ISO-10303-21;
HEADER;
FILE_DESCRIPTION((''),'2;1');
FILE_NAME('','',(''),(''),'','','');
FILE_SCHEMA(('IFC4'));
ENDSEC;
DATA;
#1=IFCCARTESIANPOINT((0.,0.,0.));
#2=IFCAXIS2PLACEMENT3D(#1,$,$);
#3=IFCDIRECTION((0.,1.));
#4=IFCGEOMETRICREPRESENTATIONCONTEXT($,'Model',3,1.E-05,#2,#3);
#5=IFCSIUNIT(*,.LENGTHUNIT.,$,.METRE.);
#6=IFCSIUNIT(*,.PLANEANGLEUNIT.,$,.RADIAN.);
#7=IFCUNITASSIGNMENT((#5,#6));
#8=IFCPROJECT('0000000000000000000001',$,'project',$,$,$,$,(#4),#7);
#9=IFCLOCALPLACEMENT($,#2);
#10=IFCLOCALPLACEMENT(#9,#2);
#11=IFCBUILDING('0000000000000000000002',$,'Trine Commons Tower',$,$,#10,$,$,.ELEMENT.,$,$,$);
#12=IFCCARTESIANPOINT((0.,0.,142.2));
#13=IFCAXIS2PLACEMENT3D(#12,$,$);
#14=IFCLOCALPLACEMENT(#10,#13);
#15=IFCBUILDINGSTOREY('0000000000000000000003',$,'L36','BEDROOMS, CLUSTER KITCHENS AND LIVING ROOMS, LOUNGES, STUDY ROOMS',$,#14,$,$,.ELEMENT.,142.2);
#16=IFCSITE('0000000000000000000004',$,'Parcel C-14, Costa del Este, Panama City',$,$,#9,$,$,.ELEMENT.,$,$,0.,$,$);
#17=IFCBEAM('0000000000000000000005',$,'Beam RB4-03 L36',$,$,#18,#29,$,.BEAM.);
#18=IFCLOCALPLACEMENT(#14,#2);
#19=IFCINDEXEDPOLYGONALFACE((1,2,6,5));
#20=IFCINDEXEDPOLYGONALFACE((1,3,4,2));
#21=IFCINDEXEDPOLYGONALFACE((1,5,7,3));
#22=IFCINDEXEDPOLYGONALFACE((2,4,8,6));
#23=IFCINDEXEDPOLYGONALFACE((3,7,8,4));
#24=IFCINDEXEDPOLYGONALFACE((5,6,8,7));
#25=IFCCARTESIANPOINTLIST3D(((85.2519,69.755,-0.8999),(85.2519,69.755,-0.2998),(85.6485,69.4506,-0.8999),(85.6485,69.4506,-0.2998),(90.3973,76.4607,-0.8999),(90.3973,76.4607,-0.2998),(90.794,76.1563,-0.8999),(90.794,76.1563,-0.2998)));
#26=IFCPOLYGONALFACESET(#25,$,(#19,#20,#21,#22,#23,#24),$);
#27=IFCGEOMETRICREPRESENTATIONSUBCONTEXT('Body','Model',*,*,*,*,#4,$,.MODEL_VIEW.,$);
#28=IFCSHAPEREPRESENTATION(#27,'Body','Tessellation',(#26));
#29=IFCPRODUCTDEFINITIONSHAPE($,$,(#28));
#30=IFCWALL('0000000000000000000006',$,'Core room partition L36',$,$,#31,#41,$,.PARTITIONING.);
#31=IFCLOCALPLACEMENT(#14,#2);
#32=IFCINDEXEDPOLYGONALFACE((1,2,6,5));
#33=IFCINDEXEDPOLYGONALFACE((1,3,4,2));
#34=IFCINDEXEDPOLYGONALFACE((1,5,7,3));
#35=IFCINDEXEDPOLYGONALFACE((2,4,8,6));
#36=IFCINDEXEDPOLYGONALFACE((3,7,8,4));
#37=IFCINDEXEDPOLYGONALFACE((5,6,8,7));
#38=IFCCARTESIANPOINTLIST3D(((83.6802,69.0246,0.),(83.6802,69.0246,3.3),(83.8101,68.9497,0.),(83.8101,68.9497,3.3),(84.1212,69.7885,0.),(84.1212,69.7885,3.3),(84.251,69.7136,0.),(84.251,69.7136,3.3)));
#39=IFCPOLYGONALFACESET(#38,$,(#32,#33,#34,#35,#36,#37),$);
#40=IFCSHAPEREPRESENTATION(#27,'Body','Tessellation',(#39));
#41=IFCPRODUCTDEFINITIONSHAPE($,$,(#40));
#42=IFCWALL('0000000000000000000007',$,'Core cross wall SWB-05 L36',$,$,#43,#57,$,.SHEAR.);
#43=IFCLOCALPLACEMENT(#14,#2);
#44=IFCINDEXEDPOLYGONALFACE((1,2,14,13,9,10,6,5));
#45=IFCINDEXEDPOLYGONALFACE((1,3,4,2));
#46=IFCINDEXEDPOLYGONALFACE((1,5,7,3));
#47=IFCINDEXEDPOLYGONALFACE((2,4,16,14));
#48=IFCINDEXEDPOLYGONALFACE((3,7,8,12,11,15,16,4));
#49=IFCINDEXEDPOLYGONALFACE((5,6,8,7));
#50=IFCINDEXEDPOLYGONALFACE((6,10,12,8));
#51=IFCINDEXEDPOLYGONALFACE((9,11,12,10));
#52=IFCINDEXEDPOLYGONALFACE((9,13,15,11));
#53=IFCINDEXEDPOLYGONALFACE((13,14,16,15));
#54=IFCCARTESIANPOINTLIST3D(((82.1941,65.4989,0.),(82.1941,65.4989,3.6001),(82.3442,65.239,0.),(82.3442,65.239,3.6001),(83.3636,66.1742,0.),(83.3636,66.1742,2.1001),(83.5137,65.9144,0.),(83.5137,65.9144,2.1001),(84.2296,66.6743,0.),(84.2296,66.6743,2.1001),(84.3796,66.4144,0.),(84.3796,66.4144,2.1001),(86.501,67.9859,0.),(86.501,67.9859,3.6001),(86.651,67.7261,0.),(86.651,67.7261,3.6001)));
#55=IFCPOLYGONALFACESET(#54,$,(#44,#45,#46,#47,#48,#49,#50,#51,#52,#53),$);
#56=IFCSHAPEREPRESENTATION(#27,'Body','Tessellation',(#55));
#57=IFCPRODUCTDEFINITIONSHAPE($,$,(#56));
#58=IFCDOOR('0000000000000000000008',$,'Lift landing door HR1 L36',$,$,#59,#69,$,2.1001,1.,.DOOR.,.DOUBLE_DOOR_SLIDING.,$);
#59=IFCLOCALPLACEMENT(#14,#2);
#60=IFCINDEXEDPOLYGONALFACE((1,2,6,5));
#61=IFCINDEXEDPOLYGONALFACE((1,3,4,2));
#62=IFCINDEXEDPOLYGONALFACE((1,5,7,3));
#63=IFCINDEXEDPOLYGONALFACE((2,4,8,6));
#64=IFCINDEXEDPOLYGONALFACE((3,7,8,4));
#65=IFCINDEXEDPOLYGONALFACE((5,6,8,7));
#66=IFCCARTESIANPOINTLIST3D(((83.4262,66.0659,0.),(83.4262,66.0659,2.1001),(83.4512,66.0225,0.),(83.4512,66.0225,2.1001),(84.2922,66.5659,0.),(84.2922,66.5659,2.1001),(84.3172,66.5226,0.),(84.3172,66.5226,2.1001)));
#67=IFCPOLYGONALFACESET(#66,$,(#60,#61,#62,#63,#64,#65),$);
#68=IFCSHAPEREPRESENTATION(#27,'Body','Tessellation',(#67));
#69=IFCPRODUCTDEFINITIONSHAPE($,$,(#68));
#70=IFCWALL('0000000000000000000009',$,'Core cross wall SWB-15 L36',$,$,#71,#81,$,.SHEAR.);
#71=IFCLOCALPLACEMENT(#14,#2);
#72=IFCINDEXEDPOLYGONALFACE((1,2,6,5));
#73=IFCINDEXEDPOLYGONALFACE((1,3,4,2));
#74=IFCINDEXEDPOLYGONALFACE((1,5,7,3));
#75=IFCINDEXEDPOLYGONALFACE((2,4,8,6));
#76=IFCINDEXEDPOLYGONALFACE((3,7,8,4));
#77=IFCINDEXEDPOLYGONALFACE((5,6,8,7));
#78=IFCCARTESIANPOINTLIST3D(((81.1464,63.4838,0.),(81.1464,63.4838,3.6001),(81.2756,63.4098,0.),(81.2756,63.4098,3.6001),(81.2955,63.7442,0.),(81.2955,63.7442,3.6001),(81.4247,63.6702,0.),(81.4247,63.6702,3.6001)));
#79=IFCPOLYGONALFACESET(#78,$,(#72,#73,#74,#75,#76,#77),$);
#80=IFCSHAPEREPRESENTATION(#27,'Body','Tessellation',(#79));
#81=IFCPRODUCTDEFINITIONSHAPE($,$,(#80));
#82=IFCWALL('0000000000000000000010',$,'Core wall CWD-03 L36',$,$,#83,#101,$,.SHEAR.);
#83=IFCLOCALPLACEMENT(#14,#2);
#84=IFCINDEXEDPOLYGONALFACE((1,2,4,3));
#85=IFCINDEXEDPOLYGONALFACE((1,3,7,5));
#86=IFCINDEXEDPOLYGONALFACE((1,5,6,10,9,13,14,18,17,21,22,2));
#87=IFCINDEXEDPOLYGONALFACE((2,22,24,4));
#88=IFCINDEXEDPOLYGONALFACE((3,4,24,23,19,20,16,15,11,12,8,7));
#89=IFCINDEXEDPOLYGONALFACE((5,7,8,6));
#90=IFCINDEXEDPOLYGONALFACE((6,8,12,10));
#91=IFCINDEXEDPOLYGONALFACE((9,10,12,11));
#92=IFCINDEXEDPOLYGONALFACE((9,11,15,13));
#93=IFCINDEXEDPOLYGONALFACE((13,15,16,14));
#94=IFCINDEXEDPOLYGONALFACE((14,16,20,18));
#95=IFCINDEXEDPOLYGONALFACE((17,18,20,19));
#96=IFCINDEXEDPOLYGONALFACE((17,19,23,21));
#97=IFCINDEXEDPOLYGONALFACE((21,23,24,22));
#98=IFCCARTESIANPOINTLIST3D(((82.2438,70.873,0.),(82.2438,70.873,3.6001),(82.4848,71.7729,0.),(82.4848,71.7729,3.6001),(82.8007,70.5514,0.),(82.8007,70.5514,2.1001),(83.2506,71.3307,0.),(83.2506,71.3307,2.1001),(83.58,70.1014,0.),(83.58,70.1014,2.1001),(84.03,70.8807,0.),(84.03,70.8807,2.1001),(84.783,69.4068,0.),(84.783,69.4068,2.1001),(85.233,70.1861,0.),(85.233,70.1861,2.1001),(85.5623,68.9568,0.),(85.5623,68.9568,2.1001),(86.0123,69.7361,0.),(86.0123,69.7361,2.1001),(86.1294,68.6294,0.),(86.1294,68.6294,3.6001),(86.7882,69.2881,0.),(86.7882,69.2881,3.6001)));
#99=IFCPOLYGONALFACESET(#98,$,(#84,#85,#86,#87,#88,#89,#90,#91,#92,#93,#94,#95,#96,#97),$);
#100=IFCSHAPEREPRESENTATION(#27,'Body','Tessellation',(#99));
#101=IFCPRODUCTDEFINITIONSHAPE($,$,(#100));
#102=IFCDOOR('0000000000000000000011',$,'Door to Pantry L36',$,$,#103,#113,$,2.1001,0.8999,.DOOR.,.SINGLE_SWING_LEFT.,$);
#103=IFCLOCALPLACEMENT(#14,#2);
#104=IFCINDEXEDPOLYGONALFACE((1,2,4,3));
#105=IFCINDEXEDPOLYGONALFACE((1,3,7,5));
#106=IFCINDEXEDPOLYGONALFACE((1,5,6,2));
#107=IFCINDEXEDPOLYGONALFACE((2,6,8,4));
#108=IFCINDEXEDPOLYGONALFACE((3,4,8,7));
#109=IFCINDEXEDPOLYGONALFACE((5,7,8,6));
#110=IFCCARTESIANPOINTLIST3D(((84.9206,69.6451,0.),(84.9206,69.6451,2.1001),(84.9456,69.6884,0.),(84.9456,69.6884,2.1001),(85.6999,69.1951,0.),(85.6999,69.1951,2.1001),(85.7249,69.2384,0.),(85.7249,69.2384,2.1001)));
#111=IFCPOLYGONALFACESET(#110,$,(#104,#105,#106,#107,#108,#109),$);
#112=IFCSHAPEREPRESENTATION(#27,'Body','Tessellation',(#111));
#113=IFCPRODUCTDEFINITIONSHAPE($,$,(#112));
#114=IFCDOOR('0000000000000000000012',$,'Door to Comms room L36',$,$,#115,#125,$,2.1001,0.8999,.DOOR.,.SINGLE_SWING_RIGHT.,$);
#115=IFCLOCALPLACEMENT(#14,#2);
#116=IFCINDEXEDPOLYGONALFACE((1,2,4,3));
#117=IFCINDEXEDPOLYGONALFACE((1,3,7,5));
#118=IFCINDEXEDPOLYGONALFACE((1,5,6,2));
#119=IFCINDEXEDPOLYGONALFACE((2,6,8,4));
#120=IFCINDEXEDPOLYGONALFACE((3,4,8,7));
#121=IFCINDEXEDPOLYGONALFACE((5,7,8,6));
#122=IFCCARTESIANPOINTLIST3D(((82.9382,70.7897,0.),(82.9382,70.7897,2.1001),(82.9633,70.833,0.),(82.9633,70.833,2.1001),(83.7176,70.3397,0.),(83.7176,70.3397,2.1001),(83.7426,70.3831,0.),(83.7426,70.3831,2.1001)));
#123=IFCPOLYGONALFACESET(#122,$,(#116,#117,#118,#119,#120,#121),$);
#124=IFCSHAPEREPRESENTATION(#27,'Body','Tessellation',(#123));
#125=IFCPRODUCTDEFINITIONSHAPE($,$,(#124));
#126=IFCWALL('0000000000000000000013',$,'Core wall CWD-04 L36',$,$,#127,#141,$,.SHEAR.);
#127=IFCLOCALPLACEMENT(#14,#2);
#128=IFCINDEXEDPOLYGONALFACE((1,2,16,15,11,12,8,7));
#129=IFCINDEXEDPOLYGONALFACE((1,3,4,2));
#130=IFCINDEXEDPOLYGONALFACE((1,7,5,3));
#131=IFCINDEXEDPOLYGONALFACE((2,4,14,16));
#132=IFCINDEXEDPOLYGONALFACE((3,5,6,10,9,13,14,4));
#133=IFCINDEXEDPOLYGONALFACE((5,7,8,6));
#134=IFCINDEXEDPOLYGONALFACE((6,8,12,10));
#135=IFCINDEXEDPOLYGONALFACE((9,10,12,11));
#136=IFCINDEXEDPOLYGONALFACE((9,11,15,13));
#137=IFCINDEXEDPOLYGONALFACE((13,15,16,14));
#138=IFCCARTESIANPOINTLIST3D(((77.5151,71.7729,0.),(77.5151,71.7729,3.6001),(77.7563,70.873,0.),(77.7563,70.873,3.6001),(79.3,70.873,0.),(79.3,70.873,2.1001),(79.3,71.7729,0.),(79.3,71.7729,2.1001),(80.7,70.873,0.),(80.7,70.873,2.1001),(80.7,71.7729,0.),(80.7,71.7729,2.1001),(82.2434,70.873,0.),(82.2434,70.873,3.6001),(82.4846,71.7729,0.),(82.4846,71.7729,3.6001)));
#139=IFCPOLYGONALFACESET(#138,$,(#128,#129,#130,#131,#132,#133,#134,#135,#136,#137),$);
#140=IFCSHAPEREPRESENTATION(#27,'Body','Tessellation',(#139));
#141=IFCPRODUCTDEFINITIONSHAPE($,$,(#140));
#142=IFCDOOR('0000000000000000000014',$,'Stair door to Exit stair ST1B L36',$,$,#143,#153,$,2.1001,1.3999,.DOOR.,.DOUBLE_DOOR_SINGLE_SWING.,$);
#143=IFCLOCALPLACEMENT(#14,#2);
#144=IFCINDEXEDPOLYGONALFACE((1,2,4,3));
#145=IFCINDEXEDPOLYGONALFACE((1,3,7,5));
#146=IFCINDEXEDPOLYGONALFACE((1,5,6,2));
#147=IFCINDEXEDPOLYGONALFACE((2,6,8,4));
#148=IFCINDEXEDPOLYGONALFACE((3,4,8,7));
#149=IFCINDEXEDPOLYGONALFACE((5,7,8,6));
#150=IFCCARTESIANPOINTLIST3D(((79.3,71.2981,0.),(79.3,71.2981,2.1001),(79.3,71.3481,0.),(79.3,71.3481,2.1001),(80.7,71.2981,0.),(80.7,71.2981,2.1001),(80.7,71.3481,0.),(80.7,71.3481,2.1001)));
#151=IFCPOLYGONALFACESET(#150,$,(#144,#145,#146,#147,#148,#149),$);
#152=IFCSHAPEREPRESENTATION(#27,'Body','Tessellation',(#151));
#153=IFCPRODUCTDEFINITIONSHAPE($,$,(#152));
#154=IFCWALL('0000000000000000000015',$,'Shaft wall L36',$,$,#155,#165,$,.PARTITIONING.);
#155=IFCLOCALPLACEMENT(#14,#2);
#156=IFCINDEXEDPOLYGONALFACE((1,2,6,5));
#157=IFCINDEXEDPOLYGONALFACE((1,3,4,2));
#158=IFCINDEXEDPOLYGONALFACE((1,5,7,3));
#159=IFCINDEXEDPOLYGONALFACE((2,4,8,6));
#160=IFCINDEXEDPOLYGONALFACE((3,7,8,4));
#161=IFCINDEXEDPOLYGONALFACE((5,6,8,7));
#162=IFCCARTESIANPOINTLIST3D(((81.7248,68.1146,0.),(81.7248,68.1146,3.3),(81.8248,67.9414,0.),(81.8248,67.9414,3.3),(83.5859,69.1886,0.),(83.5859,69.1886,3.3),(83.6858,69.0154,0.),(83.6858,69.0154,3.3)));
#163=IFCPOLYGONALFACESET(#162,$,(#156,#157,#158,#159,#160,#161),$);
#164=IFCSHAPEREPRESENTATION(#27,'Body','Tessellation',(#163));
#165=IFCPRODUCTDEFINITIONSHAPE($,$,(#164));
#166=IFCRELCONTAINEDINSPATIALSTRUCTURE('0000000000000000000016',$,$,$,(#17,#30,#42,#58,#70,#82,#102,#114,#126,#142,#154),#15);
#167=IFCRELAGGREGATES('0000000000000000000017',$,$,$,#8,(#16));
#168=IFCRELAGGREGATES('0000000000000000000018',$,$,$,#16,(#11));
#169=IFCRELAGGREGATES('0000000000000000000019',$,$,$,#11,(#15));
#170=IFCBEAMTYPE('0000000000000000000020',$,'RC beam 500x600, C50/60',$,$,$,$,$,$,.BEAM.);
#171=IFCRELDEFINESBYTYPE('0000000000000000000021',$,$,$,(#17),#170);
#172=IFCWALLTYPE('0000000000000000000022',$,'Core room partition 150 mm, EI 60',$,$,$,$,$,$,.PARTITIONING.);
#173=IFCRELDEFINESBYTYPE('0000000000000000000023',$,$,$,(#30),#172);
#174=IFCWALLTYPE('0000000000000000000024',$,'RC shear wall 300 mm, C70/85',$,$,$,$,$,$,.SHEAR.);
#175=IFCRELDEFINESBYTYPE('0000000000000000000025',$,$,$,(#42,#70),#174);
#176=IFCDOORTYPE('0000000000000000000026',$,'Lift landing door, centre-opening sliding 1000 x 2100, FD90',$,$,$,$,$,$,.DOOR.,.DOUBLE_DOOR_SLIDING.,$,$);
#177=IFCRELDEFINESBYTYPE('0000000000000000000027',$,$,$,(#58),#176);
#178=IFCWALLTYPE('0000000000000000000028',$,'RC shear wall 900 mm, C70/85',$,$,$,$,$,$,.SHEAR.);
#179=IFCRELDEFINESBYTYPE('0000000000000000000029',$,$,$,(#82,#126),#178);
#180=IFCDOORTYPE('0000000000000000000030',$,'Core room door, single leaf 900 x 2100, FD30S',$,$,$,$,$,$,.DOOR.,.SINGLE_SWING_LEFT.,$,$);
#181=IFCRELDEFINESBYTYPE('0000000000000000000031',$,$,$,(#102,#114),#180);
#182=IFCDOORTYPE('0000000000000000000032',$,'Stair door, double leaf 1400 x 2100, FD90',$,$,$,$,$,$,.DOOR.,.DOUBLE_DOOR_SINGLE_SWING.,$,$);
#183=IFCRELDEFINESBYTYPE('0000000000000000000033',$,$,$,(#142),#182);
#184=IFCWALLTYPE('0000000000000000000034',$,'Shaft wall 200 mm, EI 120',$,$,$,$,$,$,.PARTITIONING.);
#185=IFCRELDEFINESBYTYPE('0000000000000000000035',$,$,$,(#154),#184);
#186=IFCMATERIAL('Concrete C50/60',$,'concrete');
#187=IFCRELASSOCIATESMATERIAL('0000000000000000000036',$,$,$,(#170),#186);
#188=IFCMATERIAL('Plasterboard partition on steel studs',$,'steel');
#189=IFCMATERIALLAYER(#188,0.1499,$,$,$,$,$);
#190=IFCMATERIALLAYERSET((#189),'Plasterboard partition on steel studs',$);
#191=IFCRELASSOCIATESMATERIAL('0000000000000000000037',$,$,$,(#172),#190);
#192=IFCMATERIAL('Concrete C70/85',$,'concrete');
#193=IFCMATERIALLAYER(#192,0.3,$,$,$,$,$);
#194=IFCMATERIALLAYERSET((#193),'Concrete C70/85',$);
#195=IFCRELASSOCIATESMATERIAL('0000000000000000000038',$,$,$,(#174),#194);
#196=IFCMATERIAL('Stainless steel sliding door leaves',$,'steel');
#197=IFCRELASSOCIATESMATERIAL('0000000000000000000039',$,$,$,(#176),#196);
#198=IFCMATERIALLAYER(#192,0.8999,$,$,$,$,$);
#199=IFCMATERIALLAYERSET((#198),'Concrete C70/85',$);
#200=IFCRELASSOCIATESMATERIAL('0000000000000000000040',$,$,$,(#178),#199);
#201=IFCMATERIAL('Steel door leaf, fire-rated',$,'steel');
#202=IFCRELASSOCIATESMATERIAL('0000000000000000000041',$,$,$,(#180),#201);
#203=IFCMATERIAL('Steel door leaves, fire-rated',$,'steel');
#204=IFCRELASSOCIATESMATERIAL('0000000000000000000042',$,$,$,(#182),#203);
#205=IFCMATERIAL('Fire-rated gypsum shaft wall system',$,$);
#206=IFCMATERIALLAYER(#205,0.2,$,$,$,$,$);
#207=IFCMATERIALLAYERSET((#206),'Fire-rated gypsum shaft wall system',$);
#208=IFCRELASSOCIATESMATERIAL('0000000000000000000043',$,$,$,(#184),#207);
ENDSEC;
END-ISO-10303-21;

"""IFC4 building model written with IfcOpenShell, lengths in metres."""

from ifc_helpers import new_model, si_unit, direction, frame, frame_2d, origin, origin_2d, place, context, subcontext, project, spatial, polyline, rectangle, outline, extrude, material, layer, layer_set, material_profile, profile_set, type_object, element, fill, save


model = new_model("IFC4")

# Units and contexts
model_context = context("Model", 3, precision=1e-05, world=origin(), true_north=direction((0.0, 1.0)))
body_context = subcontext(model_context, "Body", "Model", "MODEL_VIEW")
ifc_project = project(units=[si_unit("LENGTHUNIT", "METRE"), si_unit("PLANEANGLEUNIT", "RADIAN")], contexts=[model_context])

# Site, building, storey
site_placement = place(None, origin())
site = spatial("IfcSite", under=ifc_project, at=site_placement, Name="Parcel C-14, Costa del Este, Panama City", CompositionType="ELEMENT", RefElevation=0.0)
building_placement = place(site_placement, origin())
building = spatial("IfcBuilding", under=site, at=building_placement, Name="Trine Commons Tower", CompositionType="ELEMENT")
storey_placement = place(building_placement, frame((0.0, 0.0, 142.2)))
storey = spatial("IfcBuildingStorey", under=building, at=storey_placement, Name="L36", Description="BEDROOMS, CLUSTER KITCHENS AND LIVING ROOMS, LOUNGES, STUDY ROOMS", CompositionType="ELEMENT", Elevation=142.2)

# Beam
ifc_material_1 = material(Name="Concrete C50/60", Category="concrete")
ifc_material_profile = material_profile(ifc_material_1, rectangle(XDim=0.5, YDim=0.6001, at=origin_2d()), Name="RC 500x600")
ifc_profile_set = profile_set([ifc_material_profile], Name="Concrete C50/60")
beam_type = type_object("IfcBeamType", Name="RC beam 500x600, C50/60", PredefinedType="BEAM", material=ifc_profile_set)
beam_placement = place(storey_placement, frame((85.4502, 69.6028, -0.5999), z_axis=(0.608758, 0.793356, 0.0), x_axis=(-0.793356, 0.608758, 0.0)))
element("IfcBeam", 1, at=beam_placement, inside=storey, type_object=beam_type, Name="Beam RB4-03 L36", PredefinedType="BEAM", context=body_context, shape_type="SweptSolid", body=[
    extrude(rectangle(XDim=0.5, YDim=0.6001, at=origin_2d()), origin(), (0.0, 0.0, 1.0), 8.4524),
])

# Wall
ifc_material_2 = material(Name="Plasterboard partition on steel studs", Category="steel")
ifc_layer_1 = layer(ifc_material_2, 0.1499)
ifc_layer_set_1 = layer_set([ifc_layer_1], Name="Plasterboard partition on steel studs")
wall_type_1 = type_object("IfcWallType", Name="Core room partition 150 mm, EI 60", PredefinedType="PARTITIONING", material=ifc_layer_set_1)
wall_1_placement = place(storey_placement, frame((84.186, 69.751, 0.0), z_axis=(0.0, 0.0, 1.0), x_axis=(-0.49989, -0.866089, 0.0)))
element("IfcWall", 2, at=wall_1_placement, inside=storey, type_object=wall_type_1, Name="Core room partition L36", PredefinedType="PARTITIONING", context=body_context, shape_type="SweptSolid", body=[
    extrude(rectangle(XDim=0.8821, YDim=0.1499, at=frame_2d((0.4409, 0.0))), origin(), (0.0, 0.0, 1.0), 3.3),
])

# Wall, opening, door
ifc_material_3 = material(Name="Concrete C70/85", Category="concrete")
ifc_layer_2 = layer(ifc_material_3, 0.3)
ifc_layer_set_2 = layer_set([ifc_layer_2], Name="Concrete C70/85")
wall_type_2 = type_object("IfcWallType", Name="RC shear wall 300 mm, C70/85", PredefinedType="SHEAR", material=ifc_layer_set_2)
wall_2_placement = place(storey_placement, frame((82.269, 65.3689, 0.0), z_axis=(0.0, 0.0, 1.0), x_axis=(0.865984, 0.500072, 0.0)))
wall_2 = element("IfcWall", 3, at=wall_2_placement, inside=storey, type_object=wall_type_2, Name="Core cross wall SWB-05 L36", PredefinedType="SHEAR", context=body_context, shape_type="SweptSolid", body=[
    extrude(rectangle(XDim=4.9734, YDim=0.3, at=frame_2d((2.4868, 0.0))), origin(), (0.0, 0.0, 1.0), 3.6001),
])
opening_1_placement = place(wall_2_placement, frame((1.3506, 0.0, 0.0)))
opening_1 = element("IfcOpeningElement", 4, at=opening_1_placement, cuts=wall_2, PredefinedType="OPENING", context=body_context, shape_type="SweptSolid", body=[
    extrude(rectangle(XDim=1.0, YDim=2.1001, at=frame_2d((0.5, 1.05))), frame((0.0, 0.1599, 0.0), z_axis=(0.0, -1.0, 0.0), x_axis=(1.0, 0.0, 0.0)), (0.0, 0.0, 1.0), 0.3201),
])
ifc_material_4 = material(Name="Stainless steel sliding door leaves", Category="steel")
door_type_1 = type_object("IfcDoorType", Name="Lift landing door, centre-opening sliding 1000 x 2100, FD90", OperationType="DOUBLE_DOOR_SLIDING", PredefinedType="DOOR", material=ifc_material_4)
door_1_placement = place(opening_1_placement, origin())
door_1 = element("IfcDoor", 5, at=door_1_placement, inside=storey, type_object=door_type_1, Name="Lift landing door HR1 L36", OperationType="DOUBLE_DOOR_SLIDING", OverallHeight=2.1001, OverallWidth=1.0, PredefinedType="DOOR", context=body_context, shape_type="SweptSolid", body=[
    extrude(rectangle(XDim=1.0, YDim=2.1001, at=frame_2d((0.5, 1.05))), frame((0.0, 0.0249, 0.0), z_axis=(0.0, -1.0, 0.0), x_axis=(1.0, 0.0, 0.0)), (0.0, 0.0, 1.0), 0.05),
])
fill(opening_1, door_1)

# Wall
wall_3_placement = place(storey_placement, frame((81.2209, 63.614, 0.0), z_axis=(0.0, 0.0, 1.0), x_axis=(0.867738, -0.497022, 0.0)))
element("IfcWall", 6, at=wall_3_placement, inside=storey, type_object=wall_type_2, Name="Core cross wall SWB-15 L36", PredefinedType="SHEAR", context=body_context, shape_type="SweptSolid", body=[
    extrude(rectangle(XDim=0.1489, YDim=0.3, at=frame_2d((0.0745, 0.0))), origin(), (0.0, 0.0, 1.0), 3.6001),
])

# Wall, openings, doors
ifc_layer_3 = layer(ifc_material_3, 0.8999)
ifc_layer_set_3 = layer_set([ifc_layer_3], Name="Concrete C70/85")
wall_type_3 = type_object("IfcWallType", Name="RC shear wall 900 mm, C70/85", PredefinedType="SHEAR", material=ifc_layer_set_3)
wall_4_placement = place(storey_placement, frame((86.5632, 68.8984, 0.0), z_axis=(0.0, 0.0, 1.0), x_axis=(-0.866003, 0.500039, 0.0)))
wall_4 = element("IfcWall", 7, at=wall_4_placement, inside=storey, type_object=wall_type_3, Name="Core wall CWD-03 L36", PredefinedType="SHEAR", context=body_context, shape_type="SweptSolid", body=[
    extrude(outline(polyline([(0.0, -0.45), (4.9692, -0.45), (4.728, 0.45), (0.2412, 0.45), (0.0, -0.45)])), origin(), (0.0, 0.0, 1.0), 3.6001),
])
opening_2_placement = place(wall_4_placement, frame((0.896, 0.0, 0.0)))
opening_2 = element("IfcOpeningElement", 8, at=opening_2_placement, cuts=wall_4, PredefinedType="OPENING", context=body_context, shape_type="SweptSolid", body=[
    extrude(rectangle(XDim=0.8999, YDim=2.1001, at=frame_2d((0.45, 1.05))), frame((0.0, 0.46, 0.0), z_axis=(0.0, -1.0, 0.0), x_axis=(1.0, 0.0, 0.0)), (0.0, 0.0, 1.0), 0.9199),
])
opening_3_placement = place(wall_4_placement, frame((3.1851, 0.0, 0.0)))
opening_3 = element("IfcOpeningElement", 9, at=opening_3_placement, cuts=wall_4, PredefinedType="OPENING", context=body_context, shape_type="SweptSolid", body=[
    extrude(rectangle(XDim=0.8999, YDim=2.1001, at=frame_2d((0.45, 1.05))), frame((0.0, 0.46, 0.0), z_axis=(0.0, -1.0, 0.0), x_axis=(1.0, 0.0, 0.0)), (0.0, 0.0, 1.0), 0.9199),
])
ifc_material_5 = material(Name="Steel door leaf, fire-rated", Category="steel")
door_type_2 = type_object("IfcDoorType", Name="Core room door, single leaf 900 x 2100, FD30S", OperationType="SINGLE_SWING_LEFT", PredefinedType="DOOR", material=ifc_material_5)
door_2_placement = place(opening_2_placement, origin())
door_2 = element("IfcDoor", 10, at=door_2_placement, inside=storey, type_object=door_type_2, Name="Door to Pantry L36", OperationType="SINGLE_SWING_LEFT", OverallHeight=2.1001, OverallWidth=0.8999, PredefinedType="DOOR", context=body_context, shape_type="SweptSolid", body=[
    extrude(rectangle(XDim=0.8999, YDim=2.1001, at=frame_2d((0.45, 1.05))), frame((0.0, 0.1748, 0.0), z_axis=(0.0, -1.0, 0.0), x_axis=(1.0, 0.0, 0.0)), (0.0, 0.0, 1.0), 0.05),
])
fill(opening_2, door_2)
door_3_placement = place(opening_3_placement, origin())
door_3 = element("IfcDoor", 11, at=door_3_placement, inside=storey, type_object=door_type_2, Name="Door to Comms room L36", OperationType="SINGLE_SWING_RIGHT", OverallHeight=2.1001, OverallWidth=0.8999, PredefinedType="DOOR", context=body_context, shape_type="SweptSolid", body=[
    extrude(rectangle(XDim=0.8999, YDim=2.1001, at=frame_2d((0.45, 1.05))), frame((0.0, 0.1748, 0.0), z_axis=(0.0, -1.0, 0.0), x_axis=(1.0, 0.0, 0.0)), (0.0, 0.0, 1.0), 0.05),
])
fill(opening_3, door_3)

# Wall, opening, door
wall_5_placement = place(storey_placement, frame((82.4846, 71.323, 0.0), z_axis=(0.0, 0.0, 1.0), x_axis=(-1.0, 0.0, 0.0)))
wall_5 = element("IfcWall", 12, at=wall_5_placement, inside=storey, type_object=wall_type_3, Name="Core wall CWD-04 L36", PredefinedType="SHEAR", context=body_context, shape_type="SweptSolid", body=[
    extrude(outline(polyline([(0.0, -0.45), (4.9695, -0.45), (4.7283, 0.45), (0.2412, 0.45), (0.0, -0.45)])), origin(), (0.0, 0.0, 1.0), 3.6001),
])
opening_4_placement = place(wall_5_placement, frame((1.7847, 0.0, 0.0)))
opening_4 = element("IfcOpeningElement", 13, at=opening_4_placement, cuts=wall_5, PredefinedType="OPENING", context=body_context, shape_type="SweptSolid", body=[
    extrude(rectangle(XDim=1.3999, YDim=2.1001, at=frame_2d((0.7, 1.05))), frame((0.0, 0.46, 0.0), z_axis=(0.0, -1.0, 0.0), x_axis=(1.0, 0.0, 0.0)), (0.0, 0.0, 1.0), 0.9199),
])
ifc_material_6 = material(Name="Steel door leaves, fire-rated", Category="steel")
door_type_3 = type_object("IfcDoorType", Name="Stair door, double leaf 1400 x 2100, FD90", OperationType="DOUBLE_DOOR_SINGLE_SWING", PredefinedType="DOOR", material=ifc_material_6)
door_4_placement = place(opening_4_placement, origin())
door_4 = element("IfcDoor", 14, at=door_4_placement, inside=storey, type_object=door_type_3, Name="Stair door to Exit stair ST1B L36", OperationType="DOUBLE_DOOR_SINGLE_SWING", OverallHeight=2.1001, OverallWidth=1.3999, PredefinedType="DOOR", context=body_context, shape_type="SweptSolid", body=[
    extrude(rectangle(XDim=1.3999, YDim=2.1001, at=frame_2d((0.7, 1.05))), frame((0.0, 0.0249, 0.0), z_axis=(0.0, -1.0, 0.0), x_axis=(1.0, 0.0, 0.0)), (0.0, 0.0, 1.0), 0.05),
])
fill(opening_4, door_4)

# Wall
ifc_material_7 = material(Name="Fire-rated gypsum shaft wall system")
ifc_layer_4 = layer(ifc_material_7, 0.2)
ifc_layer_set_4 = layer_set([ifc_layer_4], Name="Fire-rated gypsum shaft wall system")
wall_type_4 = type_object("IfcWallType", Name="Shaft wall 200 mm, EI 120", PredefinedType="PARTITIONING", material=ifc_layer_set_4)
wall_6_placement = place(storey_placement, frame((81.7749, 68.0281, 0.0), z_axis=(0.0, 0.0, 1.0), x_axis=(0.866131, 0.499818, 0.0)))
element("IfcWall", 15, at=wall_6_placement, inside=storey, type_object=wall_type_4, Name="Shaft wall L36", PredefinedType="PARTITIONING", context=body_context, shape_type="SweptSolid", body=[
    extrude(rectangle(XDim=2.1487, YDim=0.2, at=frame_2d((1.0742, 0.0))), origin(), (0.0, 0.0, 1.0), 3.3),
])

save(model, "model.ifc")
